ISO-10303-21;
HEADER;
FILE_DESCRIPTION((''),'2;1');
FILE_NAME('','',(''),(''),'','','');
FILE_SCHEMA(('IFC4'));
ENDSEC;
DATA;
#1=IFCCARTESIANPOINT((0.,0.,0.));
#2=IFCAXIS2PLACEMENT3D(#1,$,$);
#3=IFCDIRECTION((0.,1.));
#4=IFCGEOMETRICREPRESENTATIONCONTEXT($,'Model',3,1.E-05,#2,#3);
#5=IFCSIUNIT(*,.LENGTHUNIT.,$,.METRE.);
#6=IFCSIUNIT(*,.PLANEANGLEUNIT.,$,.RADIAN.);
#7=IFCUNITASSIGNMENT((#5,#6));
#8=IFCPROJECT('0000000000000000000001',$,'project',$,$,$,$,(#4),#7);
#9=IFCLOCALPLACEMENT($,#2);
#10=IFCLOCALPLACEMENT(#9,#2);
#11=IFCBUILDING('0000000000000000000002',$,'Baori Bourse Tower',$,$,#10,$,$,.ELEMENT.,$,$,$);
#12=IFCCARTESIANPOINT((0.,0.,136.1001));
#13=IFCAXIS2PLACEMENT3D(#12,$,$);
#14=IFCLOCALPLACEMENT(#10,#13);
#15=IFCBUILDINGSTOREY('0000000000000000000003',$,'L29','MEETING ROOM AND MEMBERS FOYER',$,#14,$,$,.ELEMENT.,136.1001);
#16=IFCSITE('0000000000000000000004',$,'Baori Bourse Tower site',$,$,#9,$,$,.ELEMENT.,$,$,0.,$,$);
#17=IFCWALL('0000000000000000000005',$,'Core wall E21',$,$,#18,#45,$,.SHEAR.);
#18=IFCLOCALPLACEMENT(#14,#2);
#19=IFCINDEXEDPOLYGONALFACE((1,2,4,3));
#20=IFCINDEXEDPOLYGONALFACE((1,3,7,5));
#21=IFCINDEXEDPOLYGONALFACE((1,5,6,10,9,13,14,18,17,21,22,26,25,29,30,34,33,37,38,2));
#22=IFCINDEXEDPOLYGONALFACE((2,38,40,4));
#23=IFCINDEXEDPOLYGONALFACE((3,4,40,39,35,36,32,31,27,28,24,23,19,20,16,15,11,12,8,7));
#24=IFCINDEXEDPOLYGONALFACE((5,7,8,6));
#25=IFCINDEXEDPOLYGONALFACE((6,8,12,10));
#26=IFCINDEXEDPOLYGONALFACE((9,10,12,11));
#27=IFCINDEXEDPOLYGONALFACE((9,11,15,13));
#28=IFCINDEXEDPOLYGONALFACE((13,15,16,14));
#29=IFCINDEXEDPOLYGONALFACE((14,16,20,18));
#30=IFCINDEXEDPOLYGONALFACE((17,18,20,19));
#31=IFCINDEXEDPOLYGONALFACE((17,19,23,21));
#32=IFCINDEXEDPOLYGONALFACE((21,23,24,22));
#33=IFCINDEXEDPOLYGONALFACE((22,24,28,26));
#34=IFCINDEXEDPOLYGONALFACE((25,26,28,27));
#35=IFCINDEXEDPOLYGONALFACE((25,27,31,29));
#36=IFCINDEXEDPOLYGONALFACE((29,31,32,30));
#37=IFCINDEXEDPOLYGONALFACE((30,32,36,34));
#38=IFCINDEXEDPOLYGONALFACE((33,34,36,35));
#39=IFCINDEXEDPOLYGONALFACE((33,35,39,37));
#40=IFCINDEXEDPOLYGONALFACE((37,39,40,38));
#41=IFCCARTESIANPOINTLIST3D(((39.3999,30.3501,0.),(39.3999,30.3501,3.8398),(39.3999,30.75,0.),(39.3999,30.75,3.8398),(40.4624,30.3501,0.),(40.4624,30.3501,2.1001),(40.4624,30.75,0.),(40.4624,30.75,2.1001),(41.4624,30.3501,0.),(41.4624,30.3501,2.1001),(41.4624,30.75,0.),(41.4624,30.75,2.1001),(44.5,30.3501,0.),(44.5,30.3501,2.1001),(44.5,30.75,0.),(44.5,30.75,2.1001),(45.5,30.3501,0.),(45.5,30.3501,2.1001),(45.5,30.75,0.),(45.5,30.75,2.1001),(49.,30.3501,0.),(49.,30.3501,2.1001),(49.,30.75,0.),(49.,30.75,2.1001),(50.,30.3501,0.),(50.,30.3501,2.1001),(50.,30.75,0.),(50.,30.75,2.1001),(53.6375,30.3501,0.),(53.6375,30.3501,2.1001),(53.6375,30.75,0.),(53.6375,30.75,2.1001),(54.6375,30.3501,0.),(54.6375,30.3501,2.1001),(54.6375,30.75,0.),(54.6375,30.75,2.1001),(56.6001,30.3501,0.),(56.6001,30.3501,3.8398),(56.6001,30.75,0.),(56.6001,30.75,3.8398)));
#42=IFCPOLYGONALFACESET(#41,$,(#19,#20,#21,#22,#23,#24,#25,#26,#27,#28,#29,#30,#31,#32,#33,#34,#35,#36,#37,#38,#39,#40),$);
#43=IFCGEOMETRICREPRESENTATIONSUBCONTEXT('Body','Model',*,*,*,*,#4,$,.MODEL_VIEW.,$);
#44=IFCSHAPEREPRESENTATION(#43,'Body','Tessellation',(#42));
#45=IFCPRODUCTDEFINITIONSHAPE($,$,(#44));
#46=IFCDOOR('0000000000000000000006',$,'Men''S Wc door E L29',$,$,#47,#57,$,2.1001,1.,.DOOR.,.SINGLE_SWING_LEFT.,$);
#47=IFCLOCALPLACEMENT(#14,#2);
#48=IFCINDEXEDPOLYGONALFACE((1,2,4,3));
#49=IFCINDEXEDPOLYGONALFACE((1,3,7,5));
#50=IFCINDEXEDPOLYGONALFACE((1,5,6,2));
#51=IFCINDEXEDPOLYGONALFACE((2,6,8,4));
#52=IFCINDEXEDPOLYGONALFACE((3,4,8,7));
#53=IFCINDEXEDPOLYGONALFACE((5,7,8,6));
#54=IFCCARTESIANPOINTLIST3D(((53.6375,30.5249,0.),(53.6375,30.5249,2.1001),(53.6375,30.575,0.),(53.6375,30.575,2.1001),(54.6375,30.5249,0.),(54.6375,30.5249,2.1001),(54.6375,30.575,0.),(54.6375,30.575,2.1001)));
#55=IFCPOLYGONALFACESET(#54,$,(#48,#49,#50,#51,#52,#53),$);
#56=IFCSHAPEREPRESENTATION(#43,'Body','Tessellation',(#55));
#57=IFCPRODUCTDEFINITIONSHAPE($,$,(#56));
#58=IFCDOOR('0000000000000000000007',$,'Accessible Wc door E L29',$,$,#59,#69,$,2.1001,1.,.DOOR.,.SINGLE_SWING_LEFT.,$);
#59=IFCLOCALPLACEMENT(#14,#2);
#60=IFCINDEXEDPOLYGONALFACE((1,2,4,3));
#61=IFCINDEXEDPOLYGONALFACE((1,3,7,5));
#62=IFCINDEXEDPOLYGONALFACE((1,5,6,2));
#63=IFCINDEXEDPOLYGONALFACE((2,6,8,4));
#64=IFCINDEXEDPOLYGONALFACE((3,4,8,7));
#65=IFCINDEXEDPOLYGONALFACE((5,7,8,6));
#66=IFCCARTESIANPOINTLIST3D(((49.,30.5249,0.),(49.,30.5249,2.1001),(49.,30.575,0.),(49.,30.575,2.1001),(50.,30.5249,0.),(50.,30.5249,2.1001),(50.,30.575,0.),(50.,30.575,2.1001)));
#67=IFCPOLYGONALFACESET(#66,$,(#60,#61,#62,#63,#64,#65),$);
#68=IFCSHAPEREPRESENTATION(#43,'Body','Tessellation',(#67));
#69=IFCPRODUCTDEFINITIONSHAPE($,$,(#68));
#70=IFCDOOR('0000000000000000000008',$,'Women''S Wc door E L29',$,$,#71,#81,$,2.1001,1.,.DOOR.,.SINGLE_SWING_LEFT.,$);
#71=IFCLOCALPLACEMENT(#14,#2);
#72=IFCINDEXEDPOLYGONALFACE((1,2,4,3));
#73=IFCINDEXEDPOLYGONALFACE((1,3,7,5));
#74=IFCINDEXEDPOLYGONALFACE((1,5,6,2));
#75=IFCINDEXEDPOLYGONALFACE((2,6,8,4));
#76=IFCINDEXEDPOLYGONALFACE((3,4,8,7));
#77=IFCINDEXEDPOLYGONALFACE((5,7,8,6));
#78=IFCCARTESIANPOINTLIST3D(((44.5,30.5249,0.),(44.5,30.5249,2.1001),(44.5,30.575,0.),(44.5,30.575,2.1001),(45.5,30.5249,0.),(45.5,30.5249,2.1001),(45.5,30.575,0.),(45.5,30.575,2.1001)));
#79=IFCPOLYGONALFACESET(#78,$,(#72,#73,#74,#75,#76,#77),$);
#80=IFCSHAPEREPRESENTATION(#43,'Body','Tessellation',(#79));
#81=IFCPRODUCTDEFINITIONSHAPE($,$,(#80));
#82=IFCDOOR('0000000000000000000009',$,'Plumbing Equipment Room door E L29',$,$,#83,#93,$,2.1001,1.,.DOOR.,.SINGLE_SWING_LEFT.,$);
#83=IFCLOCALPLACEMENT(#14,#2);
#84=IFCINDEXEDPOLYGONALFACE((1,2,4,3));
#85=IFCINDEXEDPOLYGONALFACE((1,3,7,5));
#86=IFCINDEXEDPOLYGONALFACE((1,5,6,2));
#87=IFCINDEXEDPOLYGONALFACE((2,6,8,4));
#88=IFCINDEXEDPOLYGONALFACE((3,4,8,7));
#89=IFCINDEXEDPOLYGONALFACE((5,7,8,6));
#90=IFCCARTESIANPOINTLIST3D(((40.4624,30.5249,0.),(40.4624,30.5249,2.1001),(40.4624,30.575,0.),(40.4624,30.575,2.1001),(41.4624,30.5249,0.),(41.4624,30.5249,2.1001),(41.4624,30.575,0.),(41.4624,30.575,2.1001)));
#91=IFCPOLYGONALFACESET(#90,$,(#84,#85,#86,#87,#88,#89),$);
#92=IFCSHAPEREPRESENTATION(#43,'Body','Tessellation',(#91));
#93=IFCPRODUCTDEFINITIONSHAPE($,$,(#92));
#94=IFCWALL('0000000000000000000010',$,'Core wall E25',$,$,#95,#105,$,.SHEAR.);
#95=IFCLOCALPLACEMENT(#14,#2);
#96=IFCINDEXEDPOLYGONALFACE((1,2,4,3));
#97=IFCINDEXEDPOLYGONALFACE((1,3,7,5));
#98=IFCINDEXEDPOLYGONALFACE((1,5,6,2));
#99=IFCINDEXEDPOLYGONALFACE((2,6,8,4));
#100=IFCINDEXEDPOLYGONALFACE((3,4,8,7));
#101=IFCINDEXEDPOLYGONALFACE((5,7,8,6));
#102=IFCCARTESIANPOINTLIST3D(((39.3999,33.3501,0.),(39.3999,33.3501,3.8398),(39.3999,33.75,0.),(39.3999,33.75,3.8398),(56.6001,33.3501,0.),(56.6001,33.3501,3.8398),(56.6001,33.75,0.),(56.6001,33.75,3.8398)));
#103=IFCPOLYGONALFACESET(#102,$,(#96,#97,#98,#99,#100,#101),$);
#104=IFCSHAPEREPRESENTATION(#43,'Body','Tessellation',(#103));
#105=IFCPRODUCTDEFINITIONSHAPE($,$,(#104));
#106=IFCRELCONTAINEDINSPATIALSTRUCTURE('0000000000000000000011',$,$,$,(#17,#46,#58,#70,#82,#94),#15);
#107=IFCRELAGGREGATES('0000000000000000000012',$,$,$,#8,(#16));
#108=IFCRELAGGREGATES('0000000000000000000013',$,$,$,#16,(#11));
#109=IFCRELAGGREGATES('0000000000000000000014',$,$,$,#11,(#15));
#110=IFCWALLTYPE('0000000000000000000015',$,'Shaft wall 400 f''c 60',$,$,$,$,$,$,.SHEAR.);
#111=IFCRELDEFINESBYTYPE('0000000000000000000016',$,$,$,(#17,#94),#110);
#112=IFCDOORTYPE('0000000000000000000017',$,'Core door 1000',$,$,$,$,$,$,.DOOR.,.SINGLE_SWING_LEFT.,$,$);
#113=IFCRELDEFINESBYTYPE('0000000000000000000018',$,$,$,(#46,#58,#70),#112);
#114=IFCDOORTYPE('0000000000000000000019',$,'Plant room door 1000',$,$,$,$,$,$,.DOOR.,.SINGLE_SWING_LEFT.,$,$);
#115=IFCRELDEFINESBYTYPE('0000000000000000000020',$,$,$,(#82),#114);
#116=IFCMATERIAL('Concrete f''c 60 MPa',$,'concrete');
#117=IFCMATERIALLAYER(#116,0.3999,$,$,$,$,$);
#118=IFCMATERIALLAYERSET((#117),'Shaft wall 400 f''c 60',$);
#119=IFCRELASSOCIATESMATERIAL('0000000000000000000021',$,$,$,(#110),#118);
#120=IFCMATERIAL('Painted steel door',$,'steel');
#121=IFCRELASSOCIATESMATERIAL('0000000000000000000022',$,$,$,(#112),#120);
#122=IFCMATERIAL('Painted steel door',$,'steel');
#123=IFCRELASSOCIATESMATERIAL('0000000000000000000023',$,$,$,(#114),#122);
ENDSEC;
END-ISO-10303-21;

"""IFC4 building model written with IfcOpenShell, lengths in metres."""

from ifc_helpers import new_model, si_unit, direction, frame, frame_2d, origin, place, context, subcontext, project, spatial, rectangle, extrude, material, layer, layer_set, type_object, element, fill, save


model = new_model("IFC4")

# Units and contexts
model_context = context("Model", 3, precision=1e-05, world=origin(), true_north=direction((0.0, 1.0)))
body_context = subcontext(model_context, "Body", "Model", "MODEL_VIEW")
ifc_project = project(units=[si_unit("LENGTHUNIT", "METRE"), si_unit("PLANEANGLEUNIT", "RADIAN")], contexts=[model_context])

# Site, building, storey
site_placement = place(None, origin())
site = spatial("IfcSite", under=ifc_project, at=site_placement, Name="Baori Bourse Tower site", CompositionType="ELEMENT", RefElevation=0.0)
building_placement = place(site_placement, origin())
building = spatial("IfcBuilding", under=site, at=building_placement, Name="Baori Bourse Tower", CompositionType="ELEMENT")
storey_placement = place(building_placement, frame((0.0, 0.0, 136.1001)))
storey = spatial("IfcBuildingStorey", under=building, at=storey_placement, Name="L29", Description="MEETING ROOM AND MEMBERS FOYER", CompositionType="ELEMENT", Elevation=136.1001)

# Wall, openings, doors
ifc_material_1 = material(Name="Concrete f'c 60 MPa", Category="concrete")
ifc_layer_1 = layer(ifc_material_1, 0.3999)
ifc_layer_set_1 = layer_set([ifc_layer_1], Name="Shaft wall 400 f'c 60")
wall_type_1 = type_object("IfcWallType", Name="Shaft wall 400 f'c 60", PredefinedType="SHEAR", material=ifc_layer_set_1)
wall_1_placement = place(storey_placement, frame((39.3999, 30.55, 0.0), z_axis=(0.0, 0.0, 1.0), x_axis=(1.0, 0.0, 0.0)))
wall_1 = element("IfcWall", 1, at=wall_1_placement, inside=storey, type_object=wall_type_1, Name="Core wall E21", PredefinedType="SHEAR", context=body_context, shape_type="SweptSolid", body=[
    extrude(rectangle(XDim=17.2002, YDim=0.3999, at=frame_2d((8.6001, 0.0))), origin(), (0.0, 0.0, 1.0), 3.8398),
])
opening_1_placement = place(wall_1_placement, frame((14.2375, 0.0, 0.0)))
opening_1 = element("IfcOpeningElement", 2, at=opening_1_placement, cuts=wall_1, PredefinedType="OPENING", context=body_context, shape_type="SweptSolid", body=[
    extrude(rectangle(XDim=1.0, YDim=2.1001, at=frame_2d((0.5, 1.05))), frame((0.0, 0.21, 0.0), z_axis=(0.0, -1.0, 0.0), x_axis=(1.0, 0.0, 0.0)), (0.0, 0.0, 1.0), 0.4199),
])
opening_2_placement = place(wall_1_placement, frame((9.6001, 0.0, 0.0)))
opening_2 = element("IfcOpeningElement", 3, at=opening_2_placement, cuts=wall_1, PredefinedType="OPENING", context=body_context, shape_type="SweptSolid", body=[
    extrude(rectangle(XDim=1.0, YDim=2.1001, at=frame_2d((0.5, 1.05))), frame((0.0, 0.21, 0.0), z_axis=(0.0, -1.0, 0.0), x_axis=(1.0, 0.0, 0.0)), (0.0, 0.0, 1.0), 0.4199),
])
opening_3_placement = place(wall_1_placement, frame((5.1001, 0.0, 0.0)))
opening_3 = element("IfcOpeningElement", 4, at=opening_3_placement, cuts=wall_1, PredefinedType="OPENING", context=body_context, shape_type="SweptSolid", body=[
    extrude(rectangle(XDim=1.0, YDim=2.1001, at=frame_2d((0.5, 1.05))), frame((0.0, 0.21, 0.0), z_axis=(0.0, -1.0, 0.0), x_axis=(1.0, 0.0, 0.0)), (0.0, 0.0, 1.0), 0.4199),
])
opening_4_placement = place(wall_1_placement, frame((1.0625, 0.0, 0.0)))
opening_4 = element("IfcOpeningElement", 5, at=opening_4_placement, cuts=wall_1, PredefinedType="OPENING", context=body_context, shape_type="SweptSolid", body=[
    extrude(rectangle(XDim=1.0, YDim=2.1001, at=frame_2d((0.5, 1.05))), frame((0.0, 0.21, 0.0), z_axis=(0.0, -1.0, 0.0), x_axis=(1.0, 0.0, 0.0)), (0.0, 0.0, 1.0), 0.4199),
])
ifc_material_2 = material(Name="Painted steel door", Category="steel")
door_type_1 = type_object("IfcDoorType", Name="Core door 1000", OperationType="SINGLE_SWING_LEFT", PredefinedType="DOOR", material=ifc_material_2)
door_1_placement = place(opening_1_placement, origin())
door_1 = element("IfcDoor", 6, at=door_1_placement, inside=storey, type_object=door_type_1, Name="Men'S Wc door E L29", OperationType="SINGLE_SWING_LEFT", OverallHeight=2.1001, OverallWidth=1.0, PredefinedType="DOOR", context=body_context, shape_type="SweptSolid", body=[
    extrude(rectangle(XDim=1.0, YDim=2.1001, at=frame_2d((0.5, 1.05))), frame((0.0, 0.0249, 0.0), z_axis=(0.0, -1.0, 0.0), x_axis=(1.0, 0.0, 0.0)), (0.0, 0.0, 1.0), 0.05),
])
fill(opening_1, door_1)
door_2_placement = place(opening_2_placement, origin())
door_2 = element("IfcDoor", 7, at=door_2_placement, inside=storey, type_object=door_type_1, Name="Accessible Wc door E L29", OperationType="SINGLE_SWING_LEFT", OverallHeight=2.1001, OverallWidth=1.0, PredefinedType="DOOR", context=body_context, shape_type="SweptSolid", body=[
    extrude(rectangle(XDim=1.0, YDim=2.1001, at=frame_2d((0.5, 1.05))), frame((0.0, 0.0249, 0.0), z_axis=(0.0, -1.0, 0.0), x_axis=(1.0, 0.0, 0.0)), (0.0, 0.0, 1.0), 0.05),
])
fill(opening_2, door_2)
door_3_placement = place(opening_3_placement, origin())
door_3 = element("IfcDoor", 8, at=door_3_placement, inside=storey, type_object=door_type_1, Name="Women'S Wc door E L29", OperationType="SINGLE_SWING_LEFT", OverallHeight=2.1001, OverallWidth=1.0, PredefinedType="DOOR", context=body_context, shape_type="SweptSolid", body=[
    extrude(rectangle(XDim=1.0, YDim=2.1001, at=frame_2d((0.5, 1.05))), frame((0.0, 0.0249, 0.0), z_axis=(0.0, -1.0, 0.0), x_axis=(1.0, 0.0, 0.0)), (0.0, 0.0, 1.0), 0.05),
])
fill(opening_3, door_3)
ifc_material_3 = material(Name="Painted steel door", Category="steel")
door_type_2 = type_object("IfcDoorType", Name="Plant room door 1000", OperationType="SINGLE_SWING_LEFT", PredefinedType="DOOR", material=ifc_material_3)
door_4_placement = place(opening_4_placement, origin())
door_4 = element("IfcDoor", 9, at=door_4_placement, inside=storey, type_object=door_type_2, Name="Plumbing Equipment Room door E L29", OperationType="SINGLE_SWING_LEFT", OverallHeight=2.1001, OverallWidth=1.0, PredefinedType="DOOR", context=body_context, shape_type="SweptSolid", body=[
    extrude(rectangle(XDim=1.0, YDim=2.1001, at=frame_2d((0.5, 1.05))), frame((0.0, 0.0249, 0.0), z_axis=(0.0, -1.0, 0.0), x_axis=(1.0, 0.0, 0.0)), (0.0, 0.0, 1.0), 0.05),
])
fill(opening_4, door_4)

# Wall
wall_2_placement = place(storey_placement, frame((39.3999, 33.55, 0.0), z_axis=(0.0, 0.0, 1.0), x_axis=(1.0, 0.0, 0.0)))
element("IfcWall", 10, at=wall_2_placement, inside=storey, type_object=wall_type_1, Name="Core wall E25", PredefinedType="SHEAR", context=body_context, shape_type="SweptSolid", body=[
    extrude(rectangle(XDim=17.2002, YDim=0.3999, at=frame_2d((8.6001, 0.0))), origin(), (0.0, 0.0, 1.0), 3.8398),
])

save(model, "model.ifc")
